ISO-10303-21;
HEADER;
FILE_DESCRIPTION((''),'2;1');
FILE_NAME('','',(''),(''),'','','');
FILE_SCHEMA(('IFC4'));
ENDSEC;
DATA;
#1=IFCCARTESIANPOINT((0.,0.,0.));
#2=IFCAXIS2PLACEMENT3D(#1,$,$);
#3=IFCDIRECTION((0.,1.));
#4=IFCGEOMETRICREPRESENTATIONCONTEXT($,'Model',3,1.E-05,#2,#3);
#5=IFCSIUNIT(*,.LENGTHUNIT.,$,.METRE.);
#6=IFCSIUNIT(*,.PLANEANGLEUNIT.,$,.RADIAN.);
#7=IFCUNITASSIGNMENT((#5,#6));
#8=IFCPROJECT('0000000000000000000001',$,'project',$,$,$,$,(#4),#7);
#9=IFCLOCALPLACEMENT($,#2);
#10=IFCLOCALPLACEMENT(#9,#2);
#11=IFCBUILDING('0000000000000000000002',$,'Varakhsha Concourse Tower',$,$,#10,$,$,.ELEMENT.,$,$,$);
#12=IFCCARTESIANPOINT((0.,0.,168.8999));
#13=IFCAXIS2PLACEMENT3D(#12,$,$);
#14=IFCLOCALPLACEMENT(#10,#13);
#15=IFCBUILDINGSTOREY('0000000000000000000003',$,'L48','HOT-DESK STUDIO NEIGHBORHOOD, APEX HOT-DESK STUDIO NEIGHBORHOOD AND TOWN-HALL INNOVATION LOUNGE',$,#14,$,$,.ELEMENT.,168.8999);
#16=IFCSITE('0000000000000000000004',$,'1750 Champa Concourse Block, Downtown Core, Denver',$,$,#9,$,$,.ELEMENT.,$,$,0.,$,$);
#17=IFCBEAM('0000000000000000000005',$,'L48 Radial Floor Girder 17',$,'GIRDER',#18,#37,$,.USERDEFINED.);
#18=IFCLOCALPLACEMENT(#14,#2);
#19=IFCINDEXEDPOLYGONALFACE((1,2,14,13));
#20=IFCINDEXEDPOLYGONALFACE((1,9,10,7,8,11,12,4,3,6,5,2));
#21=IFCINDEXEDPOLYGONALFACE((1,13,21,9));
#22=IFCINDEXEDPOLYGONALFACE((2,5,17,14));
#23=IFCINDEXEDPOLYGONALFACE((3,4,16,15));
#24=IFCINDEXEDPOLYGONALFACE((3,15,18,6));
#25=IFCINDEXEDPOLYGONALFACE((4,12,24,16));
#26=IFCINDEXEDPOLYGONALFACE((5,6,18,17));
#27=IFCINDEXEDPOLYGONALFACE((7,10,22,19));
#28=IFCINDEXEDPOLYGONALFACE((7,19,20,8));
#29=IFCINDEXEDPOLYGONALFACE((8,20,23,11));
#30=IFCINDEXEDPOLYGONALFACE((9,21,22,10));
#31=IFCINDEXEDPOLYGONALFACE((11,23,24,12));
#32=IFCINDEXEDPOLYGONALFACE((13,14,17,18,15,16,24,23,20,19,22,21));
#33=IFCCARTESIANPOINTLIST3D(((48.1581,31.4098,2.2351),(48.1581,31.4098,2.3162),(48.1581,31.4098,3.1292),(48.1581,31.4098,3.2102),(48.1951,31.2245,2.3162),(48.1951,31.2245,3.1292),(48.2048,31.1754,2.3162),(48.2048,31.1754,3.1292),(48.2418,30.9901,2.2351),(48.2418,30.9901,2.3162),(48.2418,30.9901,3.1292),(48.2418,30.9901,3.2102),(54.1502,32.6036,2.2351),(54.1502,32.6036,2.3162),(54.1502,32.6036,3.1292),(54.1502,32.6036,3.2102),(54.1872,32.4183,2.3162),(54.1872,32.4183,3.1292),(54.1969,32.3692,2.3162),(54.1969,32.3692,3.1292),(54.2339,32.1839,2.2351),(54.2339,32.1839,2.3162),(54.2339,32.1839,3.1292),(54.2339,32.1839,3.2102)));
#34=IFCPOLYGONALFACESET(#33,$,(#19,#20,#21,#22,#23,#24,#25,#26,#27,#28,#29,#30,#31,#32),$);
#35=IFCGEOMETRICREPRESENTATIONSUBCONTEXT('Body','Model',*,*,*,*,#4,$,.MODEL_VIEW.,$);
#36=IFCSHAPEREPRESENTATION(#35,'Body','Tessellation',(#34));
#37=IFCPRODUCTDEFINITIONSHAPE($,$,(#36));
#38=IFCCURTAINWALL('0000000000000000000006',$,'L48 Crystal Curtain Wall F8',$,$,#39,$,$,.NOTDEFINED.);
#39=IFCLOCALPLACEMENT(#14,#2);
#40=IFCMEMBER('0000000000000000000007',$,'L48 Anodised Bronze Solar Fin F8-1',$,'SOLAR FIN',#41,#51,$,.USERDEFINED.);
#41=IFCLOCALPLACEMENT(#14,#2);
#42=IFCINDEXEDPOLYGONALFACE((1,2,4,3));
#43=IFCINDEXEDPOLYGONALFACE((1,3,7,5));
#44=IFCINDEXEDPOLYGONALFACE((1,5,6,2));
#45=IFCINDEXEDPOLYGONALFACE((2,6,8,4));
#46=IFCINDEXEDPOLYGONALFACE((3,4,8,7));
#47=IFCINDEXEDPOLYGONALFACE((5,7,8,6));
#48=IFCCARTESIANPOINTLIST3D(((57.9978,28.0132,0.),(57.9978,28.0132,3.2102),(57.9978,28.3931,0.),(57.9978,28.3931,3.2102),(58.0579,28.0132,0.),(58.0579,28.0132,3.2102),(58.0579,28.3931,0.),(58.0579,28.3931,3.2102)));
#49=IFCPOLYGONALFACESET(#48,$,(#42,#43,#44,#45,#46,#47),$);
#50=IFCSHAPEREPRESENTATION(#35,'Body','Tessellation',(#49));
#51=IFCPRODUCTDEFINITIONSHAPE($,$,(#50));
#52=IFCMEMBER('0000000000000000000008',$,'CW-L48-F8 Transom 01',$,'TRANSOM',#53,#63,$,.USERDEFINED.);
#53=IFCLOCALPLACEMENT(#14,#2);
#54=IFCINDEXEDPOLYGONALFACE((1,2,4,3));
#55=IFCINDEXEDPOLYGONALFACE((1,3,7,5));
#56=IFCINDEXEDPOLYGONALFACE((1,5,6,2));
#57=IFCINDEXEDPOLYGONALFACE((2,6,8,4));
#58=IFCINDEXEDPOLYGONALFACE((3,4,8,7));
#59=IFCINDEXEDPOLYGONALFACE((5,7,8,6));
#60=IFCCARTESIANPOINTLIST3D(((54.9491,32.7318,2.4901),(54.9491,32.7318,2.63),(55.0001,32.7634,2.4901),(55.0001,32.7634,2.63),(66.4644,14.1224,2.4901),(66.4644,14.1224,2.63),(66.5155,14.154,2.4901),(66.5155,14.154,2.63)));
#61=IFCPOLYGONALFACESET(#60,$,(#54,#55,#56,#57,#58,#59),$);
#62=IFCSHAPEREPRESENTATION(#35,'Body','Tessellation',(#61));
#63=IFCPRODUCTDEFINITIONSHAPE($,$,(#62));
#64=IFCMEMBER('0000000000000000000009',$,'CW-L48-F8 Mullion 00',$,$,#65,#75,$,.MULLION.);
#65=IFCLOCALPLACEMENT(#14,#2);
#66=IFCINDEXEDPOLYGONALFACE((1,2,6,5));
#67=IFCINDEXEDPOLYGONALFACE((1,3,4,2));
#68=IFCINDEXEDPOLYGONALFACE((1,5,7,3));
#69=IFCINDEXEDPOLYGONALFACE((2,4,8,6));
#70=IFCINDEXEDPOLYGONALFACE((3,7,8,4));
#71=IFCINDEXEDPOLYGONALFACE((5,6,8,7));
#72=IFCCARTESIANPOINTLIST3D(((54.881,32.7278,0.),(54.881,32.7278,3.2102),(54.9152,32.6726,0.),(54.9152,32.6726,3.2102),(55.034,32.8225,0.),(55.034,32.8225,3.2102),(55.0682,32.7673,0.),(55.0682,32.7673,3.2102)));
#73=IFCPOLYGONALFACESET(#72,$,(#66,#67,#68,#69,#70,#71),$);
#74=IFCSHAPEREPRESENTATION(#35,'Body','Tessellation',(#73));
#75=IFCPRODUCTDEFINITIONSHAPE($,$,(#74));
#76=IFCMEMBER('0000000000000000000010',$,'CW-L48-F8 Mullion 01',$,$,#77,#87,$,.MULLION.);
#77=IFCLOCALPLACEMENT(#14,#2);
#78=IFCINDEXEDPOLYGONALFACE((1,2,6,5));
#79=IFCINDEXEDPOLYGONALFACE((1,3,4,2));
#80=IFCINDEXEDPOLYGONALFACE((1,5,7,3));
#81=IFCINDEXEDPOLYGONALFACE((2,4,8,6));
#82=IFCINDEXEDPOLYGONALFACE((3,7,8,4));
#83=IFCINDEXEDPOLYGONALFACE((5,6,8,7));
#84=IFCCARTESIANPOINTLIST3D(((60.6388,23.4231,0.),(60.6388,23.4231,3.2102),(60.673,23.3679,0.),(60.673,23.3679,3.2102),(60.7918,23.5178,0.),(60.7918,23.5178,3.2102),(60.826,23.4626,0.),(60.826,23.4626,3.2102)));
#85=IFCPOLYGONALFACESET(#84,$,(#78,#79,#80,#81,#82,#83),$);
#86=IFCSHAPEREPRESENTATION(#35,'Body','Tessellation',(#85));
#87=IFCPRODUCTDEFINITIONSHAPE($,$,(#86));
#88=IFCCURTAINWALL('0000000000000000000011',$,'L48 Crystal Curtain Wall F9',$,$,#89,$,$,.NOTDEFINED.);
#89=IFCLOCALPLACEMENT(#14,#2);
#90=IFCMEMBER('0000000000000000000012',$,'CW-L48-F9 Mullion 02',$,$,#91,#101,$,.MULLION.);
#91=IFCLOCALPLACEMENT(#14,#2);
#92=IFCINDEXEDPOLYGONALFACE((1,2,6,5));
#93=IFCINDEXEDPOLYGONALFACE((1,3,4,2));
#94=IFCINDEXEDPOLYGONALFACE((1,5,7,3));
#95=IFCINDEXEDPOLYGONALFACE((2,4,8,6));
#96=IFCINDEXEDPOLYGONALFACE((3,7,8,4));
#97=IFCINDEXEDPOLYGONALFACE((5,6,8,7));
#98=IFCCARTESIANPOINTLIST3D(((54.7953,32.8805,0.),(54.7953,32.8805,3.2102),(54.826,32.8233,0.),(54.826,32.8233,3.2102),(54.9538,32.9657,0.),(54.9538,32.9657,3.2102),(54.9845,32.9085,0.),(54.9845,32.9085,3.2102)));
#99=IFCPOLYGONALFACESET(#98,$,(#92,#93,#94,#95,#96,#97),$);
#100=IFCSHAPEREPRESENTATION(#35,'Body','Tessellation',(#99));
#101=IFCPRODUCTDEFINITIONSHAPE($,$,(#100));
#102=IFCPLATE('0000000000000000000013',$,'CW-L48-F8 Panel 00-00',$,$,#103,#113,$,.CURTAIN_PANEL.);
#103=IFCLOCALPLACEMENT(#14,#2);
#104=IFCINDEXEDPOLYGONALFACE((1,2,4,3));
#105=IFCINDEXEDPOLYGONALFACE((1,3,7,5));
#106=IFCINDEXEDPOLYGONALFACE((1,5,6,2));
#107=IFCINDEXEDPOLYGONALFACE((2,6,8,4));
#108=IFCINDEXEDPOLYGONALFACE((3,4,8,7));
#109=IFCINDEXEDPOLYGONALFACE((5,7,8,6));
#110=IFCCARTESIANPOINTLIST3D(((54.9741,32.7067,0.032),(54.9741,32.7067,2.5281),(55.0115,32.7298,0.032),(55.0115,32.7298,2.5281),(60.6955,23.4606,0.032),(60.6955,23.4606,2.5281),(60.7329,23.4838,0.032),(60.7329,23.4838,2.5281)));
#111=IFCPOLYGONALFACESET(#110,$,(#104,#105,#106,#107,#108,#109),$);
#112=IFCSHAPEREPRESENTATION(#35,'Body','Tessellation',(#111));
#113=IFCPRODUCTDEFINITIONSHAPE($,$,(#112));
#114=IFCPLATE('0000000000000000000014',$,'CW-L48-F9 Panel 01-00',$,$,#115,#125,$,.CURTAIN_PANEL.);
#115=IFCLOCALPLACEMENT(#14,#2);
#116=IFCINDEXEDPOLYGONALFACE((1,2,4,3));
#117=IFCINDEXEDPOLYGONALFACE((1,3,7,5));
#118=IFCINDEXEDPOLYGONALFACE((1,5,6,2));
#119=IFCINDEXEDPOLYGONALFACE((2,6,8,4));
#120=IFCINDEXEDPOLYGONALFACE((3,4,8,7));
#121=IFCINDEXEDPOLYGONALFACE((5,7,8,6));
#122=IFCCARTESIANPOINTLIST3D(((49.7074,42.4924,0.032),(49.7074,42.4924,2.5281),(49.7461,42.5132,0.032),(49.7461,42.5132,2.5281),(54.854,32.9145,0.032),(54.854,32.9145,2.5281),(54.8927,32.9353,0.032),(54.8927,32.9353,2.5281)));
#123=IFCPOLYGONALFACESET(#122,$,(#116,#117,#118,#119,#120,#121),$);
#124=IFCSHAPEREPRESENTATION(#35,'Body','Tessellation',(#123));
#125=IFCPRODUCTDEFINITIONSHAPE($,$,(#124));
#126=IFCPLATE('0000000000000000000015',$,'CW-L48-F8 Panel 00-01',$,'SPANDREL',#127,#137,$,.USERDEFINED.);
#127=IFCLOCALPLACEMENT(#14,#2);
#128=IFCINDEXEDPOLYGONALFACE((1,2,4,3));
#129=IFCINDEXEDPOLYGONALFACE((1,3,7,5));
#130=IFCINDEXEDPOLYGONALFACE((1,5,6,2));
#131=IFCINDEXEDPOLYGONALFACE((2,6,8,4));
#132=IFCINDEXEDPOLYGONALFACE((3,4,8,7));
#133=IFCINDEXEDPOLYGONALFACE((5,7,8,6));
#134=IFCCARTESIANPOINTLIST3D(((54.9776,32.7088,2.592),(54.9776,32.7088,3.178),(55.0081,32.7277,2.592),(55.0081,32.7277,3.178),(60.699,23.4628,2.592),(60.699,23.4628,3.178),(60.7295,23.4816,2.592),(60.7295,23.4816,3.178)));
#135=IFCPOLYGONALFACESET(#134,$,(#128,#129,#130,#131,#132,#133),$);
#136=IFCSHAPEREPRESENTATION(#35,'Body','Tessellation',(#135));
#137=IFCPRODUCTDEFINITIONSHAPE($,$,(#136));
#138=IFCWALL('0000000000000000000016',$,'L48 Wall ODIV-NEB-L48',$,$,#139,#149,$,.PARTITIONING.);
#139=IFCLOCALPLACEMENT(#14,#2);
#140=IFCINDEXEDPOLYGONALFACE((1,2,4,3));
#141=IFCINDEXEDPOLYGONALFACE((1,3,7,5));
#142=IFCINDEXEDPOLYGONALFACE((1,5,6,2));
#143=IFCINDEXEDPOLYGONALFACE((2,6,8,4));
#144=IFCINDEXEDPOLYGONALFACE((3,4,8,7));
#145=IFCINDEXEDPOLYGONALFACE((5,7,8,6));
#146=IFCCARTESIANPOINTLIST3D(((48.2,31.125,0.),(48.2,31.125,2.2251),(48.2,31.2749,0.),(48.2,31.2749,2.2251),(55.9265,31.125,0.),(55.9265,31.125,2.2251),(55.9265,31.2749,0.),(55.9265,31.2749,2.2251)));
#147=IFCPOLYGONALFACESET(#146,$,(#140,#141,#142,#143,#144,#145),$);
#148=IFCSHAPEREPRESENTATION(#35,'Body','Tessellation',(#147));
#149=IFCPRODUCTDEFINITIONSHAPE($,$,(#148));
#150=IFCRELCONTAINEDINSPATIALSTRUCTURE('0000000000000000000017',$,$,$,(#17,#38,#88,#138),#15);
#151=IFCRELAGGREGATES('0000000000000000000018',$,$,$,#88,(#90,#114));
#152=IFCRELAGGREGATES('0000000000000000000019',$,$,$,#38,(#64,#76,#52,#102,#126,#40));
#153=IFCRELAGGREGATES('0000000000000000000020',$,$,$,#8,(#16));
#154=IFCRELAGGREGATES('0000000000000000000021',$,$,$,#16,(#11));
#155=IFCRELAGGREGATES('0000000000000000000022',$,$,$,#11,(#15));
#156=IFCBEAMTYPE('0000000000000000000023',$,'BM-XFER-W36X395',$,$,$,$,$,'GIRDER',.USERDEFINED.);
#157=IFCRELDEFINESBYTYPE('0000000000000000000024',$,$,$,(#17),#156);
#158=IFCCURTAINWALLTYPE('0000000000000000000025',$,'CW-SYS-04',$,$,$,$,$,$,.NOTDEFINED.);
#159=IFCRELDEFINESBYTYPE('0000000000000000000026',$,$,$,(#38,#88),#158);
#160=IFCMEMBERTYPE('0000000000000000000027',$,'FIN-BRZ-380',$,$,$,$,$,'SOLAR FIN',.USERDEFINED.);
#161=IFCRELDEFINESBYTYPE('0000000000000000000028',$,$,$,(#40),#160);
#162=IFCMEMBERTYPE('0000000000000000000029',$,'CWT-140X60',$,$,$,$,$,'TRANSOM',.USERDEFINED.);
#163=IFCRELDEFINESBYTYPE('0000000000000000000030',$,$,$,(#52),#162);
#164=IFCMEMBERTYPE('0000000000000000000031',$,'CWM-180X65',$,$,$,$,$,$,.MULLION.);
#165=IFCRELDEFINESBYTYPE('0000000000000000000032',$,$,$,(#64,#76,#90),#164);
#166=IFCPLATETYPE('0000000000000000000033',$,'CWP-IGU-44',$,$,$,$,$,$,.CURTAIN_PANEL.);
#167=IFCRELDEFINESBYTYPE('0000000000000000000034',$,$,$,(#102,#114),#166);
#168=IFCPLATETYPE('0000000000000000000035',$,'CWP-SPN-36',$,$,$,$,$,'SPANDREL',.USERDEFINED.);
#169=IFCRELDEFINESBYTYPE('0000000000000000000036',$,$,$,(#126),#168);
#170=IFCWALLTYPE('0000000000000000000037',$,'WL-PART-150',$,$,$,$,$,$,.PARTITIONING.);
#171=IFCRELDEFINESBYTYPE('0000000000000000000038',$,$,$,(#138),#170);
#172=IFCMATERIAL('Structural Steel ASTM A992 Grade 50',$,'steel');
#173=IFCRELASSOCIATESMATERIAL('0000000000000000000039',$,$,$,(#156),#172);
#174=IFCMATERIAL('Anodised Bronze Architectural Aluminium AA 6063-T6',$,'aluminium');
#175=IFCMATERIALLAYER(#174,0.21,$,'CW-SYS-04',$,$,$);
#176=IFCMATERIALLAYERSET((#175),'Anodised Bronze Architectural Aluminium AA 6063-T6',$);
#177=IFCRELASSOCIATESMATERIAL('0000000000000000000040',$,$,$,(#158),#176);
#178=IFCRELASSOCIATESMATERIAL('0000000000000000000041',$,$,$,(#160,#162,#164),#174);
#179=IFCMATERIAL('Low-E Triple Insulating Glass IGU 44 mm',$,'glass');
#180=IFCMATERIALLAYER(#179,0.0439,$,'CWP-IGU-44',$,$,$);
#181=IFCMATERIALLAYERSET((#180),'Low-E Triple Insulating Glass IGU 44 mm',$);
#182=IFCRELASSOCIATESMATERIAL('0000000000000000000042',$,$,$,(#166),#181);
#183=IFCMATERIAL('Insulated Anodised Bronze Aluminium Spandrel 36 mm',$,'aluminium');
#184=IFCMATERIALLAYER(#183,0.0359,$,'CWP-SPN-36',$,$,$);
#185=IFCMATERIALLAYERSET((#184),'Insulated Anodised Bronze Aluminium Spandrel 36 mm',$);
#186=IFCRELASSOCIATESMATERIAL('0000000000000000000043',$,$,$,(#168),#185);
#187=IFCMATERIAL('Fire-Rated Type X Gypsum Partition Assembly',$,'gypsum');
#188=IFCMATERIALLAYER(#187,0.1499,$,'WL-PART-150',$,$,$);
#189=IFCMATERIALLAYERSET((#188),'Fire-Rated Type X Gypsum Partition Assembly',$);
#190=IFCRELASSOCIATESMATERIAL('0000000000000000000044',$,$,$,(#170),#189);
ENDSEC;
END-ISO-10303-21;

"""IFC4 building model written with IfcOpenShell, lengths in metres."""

from ifc_helpers import new_model, si_unit, direction, frame, frame_2d, origin, origin_2d, place, context, subcontext, project, spatial, rectangle, i_section, extrude, source, transform, mapped, material, layer, layer_set, material_profile, profile_set, type_object, type_shapes, element, aggregate, save


model = new_model("IFC4")

# Units and contexts
model_context = context("Model", 3, precision=1e-05, world=origin(), true_north=direction((0.0, 1.0)))
body_context = subcontext(model_context, "Body", "Model", "MODEL_VIEW")
ifc_project = project(units=[si_unit("LENGTHUNIT", "METRE"), si_unit("PLANEANGLEUNIT", "RADIAN")], contexts=[model_context])

# Site, building, storey
site_placement = place(None, origin())
site = spatial("IfcSite", under=ifc_project, at=site_placement, Name="1750 Champa Concourse Block, Downtown Core, Denver", CompositionType="ELEMENT", RefElevation=0.0)
building_placement = place(site_placement, origin())
building = spatial("IfcBuilding", under=site, at=building_placement, Name="Varakhsha Concourse Tower", CompositionType="ELEMENT")
storey_placement = place(building_placement, frame((0.0, 0.0, 168.8999)))
storey = spatial("IfcBuildingStorey", under=building, at=storey_placement, Name="L48", Description="HOT-DESK STUDIO NEIGHBORHOOD, APEX HOT-DESK STUDIO NEIGHBORHOOD AND TOWN-HALL INNOVATION LOUNGE", CompositionType="ELEMENT", Elevation=168.8999)

# Shared definitions
ifc_material_1 = material(Name="Structural Steel ASTM A992 Grade 50", Category="steel")

# Beam
ifc_material_profile_1 = material_profile(ifc_material_1, i_section(OverallWidth=0.428, OverallDepth=0.9751, WebThickness=0.05, FlangeThickness=0.0811, at=origin_2d()), Name="W36X395")
ifc_profile_set_1 = profile_set([ifc_material_profile_1], Name="Structural Steel ASTM A992 Grade 50")
beam_type_1 = type_object("IfcBeamType", Name="BM-XFER-W36X395", ElementType="GIRDER", PredefinedType="USERDEFINED", material=ifc_profile_set_1)
beam_1_placement = place(storey_placement, frame((48.2, 31.2, 2.7227), z_axis=(0.980725, 0.195394, 0.0), x_axis=(-0.195394, 0.980725, 0.0)))
element("IfcBeam", 1, at=beam_1_placement, inside=storey, type_object=beam_type_1, Name="L48 Radial Floor Girder 17", ObjectType="GIRDER", PredefinedType="USERDEFINED", context=body_context, shape_type="SweptSolid", body=[
    extrude(i_section(OverallWidth=0.428, OverallDepth=0.9751, WebThickness=0.05, FlangeThickness=0.0811, at=origin_2d()), origin(), (0.0, 0.0, 1.0), 6.1099),
])

# Curtain wall, members
ifc_material_2 = material(Name="Anodised Bronze Architectural Aluminium AA 6063-T6", Category="aluminium")
ifc_layer_1 = layer(ifc_material_2, 0.21, Name="CW-SYS-04")
ifc_layer_set_1 = layer_set([ifc_layer_1], Name="Anodised Bronze Architectural Aluminium AA 6063-T6")
curtain_wall_type = type_object("IfcCurtainWallType", Name="CW-SYS-04", PredefinedType="NOTDEFINED", material=ifc_layer_set_1)
curtain_wall_1_placement = place(storey_placement, origin())
curtain_wall_1 = element("IfcCurtainWall", 2, at=curtain_wall_1_placement, inside=storey, type_object=curtain_wall_type, Name="L48 Crystal Curtain Wall F8", PredefinedType="NOTDEFINED")
ifc_material_profile_2 = material_profile(ifc_material_2, rectangle(XDim=0.0601, YDim=0.3799, at=origin_2d()), Name="FIN-BRZ-380")
ifc_profile_set_2 = profile_set([ifc_material_profile_2], Name="Anodised Bronze Architectural Aluminium AA 6063-T6")
member_type_1 = type_object("IfcMemberType", Name="FIN-BRZ-380", ElementType="SOLAR FIN", PredefinedType="USERDEFINED", material=ifc_profile_set_2)
shared_shape_1 = source(origin(), body_context, "Body", "SweptSolid", [
    extrude(rectangle(XDim=0.0601, YDim=0.3799, at=origin_2d()), origin(), (0.0, 0.0, 1.0), 3.2102),
])
type_shapes(member_type_1, [shared_shape_1])
member_1_placement = place(storey_placement, frame((58.0278, 28.2031, 0.0), z_axis=(0.0, 0.0, 1.0), x_axis=(1.0, 0.0, 0.0)))
member_1 = element("IfcMember", 3, at=member_1_placement, type_object=member_type_1, Name="L48 Anodised Bronze Solar Fin F8-1", ObjectType="SOLAR FIN", PredefinedType="USERDEFINED", context=body_context, shape_type="MappedRepresentation", body=[
    mapped(shared_shape_1, transform((0.0, 0.0, 0.0), scale=1.0)),
])
ifc_material_profile_3 = material_profile(ifc_material_2, rectangle(XDim=0.0601, YDim=0.1399, at=origin_2d()), Name="CWT-140X60")
ifc_profile_set_3 = profile_set([ifc_material_profile_3], Name="Anodised Bronze Architectural Aluminium AA 6063-T6")
member_type_2 = type_object("IfcMemberType", Name="CWT-140X60", ElementType="TRANSOM", PredefinedType="USERDEFINED", material=ifc_profile_set_3)
shared_shape_2 = source(origin(), body_context, "Body", "SweptSolid", [
    extrude(rectangle(XDim=0.0601, YDim=0.1399, at=origin_2d()), origin(), (0.0, 0.0, 1.0), 21.884),
])
type_shapes(member_type_2, [shared_shape_2])
member_2_placement = place(storey_placement, frame((54.9746, 32.7476, 2.5601), z_axis=(0.526199, -0.850361, 0.0), x_axis=(0.850361, 0.526199, 0.0)))
member_2 = element("IfcMember", 4, at=member_2_placement, type_object=member_type_2, Name="CW-L48-F8 Transom 01", ObjectType="TRANSOM", PredefinedType="USERDEFINED", context=body_context, shape_type="MappedRepresentation", body=[
    mapped(shared_shape_2, transform((0.0, 0.0, 0.0), scale=1.0)),
])
ifc_material_profile_4 = material_profile(ifc_material_2, rectangle(XDim=0.0649, YDim=0.1799, at=origin_2d()), Name="CWM-180X65")
ifc_profile_set_4 = profile_set([ifc_material_profile_4], Name="Anodised Bronze Architectural Aluminium AA 6063-T6")
member_type_3 = type_object("IfcMemberType", Name="CWM-180X65", PredefinedType="MULLION", material=ifc_profile_set_4)
shared_shape_3 = source(origin(), body_context, "Body", "SweptSolid", [
    extrude(rectangle(XDim=0.0649, YDim=0.1799, at=origin_2d()), origin(), (0.0, 0.0, 1.0), 3.2102),
])
type_shapes(member_type_3, [shared_shape_3])
member_3_placement = place(storey_placement, frame((54.9746, 32.7476, 0.0), z_axis=(0.0, 0.0, 1.0), x_axis=(0.526199, -0.850361, 0.0)))
member_3 = element("IfcMember", 5, at=member_3_placement, type_object=member_type_3, Name="CW-L48-F8 Mullion 00", PredefinedType="MULLION", context=body_context, shape_type="MappedRepresentation", body=[
    mapped(shared_shape_3, transform((0.0, 0.0, 0.0), scale=1.0)),
])
member_4_placement = place(storey_placement, frame((60.7324, 23.4429, 0.0), z_axis=(0.0, 0.0, 1.0), x_axis=(0.526199, -0.850361, 0.0)))
member_4 = element("IfcMember", 6, at=member_4_placement, type_object=member_type_3, Name="CW-L48-F8 Mullion 01", PredefinedType="MULLION", context=body_context, shape_type="MappedRepresentation", body=[
    mapped(shared_shape_3, transform((0.0, 0.0, 0.0), scale=1.0)),
])

# Curtain wall, member
curtain_wall_2_placement = place(storey_placement, origin())
curtain_wall_2 = element("IfcCurtainWall", 7, at=curtain_wall_2_placement, inside=storey, type_object=curtain_wall_type, Name="L48 Crystal Curtain Wall F9", PredefinedType="NOTDEFINED")
member_5_placement = place(storey_placement, frame((54.8899, 32.8945, 0.0), z_axis=(0.0, 0.0, 1.0), x_axis=(0.473337, -0.880882, 0.0)))
member_5 = element("IfcMember", 8, at=member_5_placement, type_object=member_type_3, Name="CW-L48-F9 Mullion 02", PredefinedType="MULLION", context=body_context, shape_type="MappedRepresentation", body=[
    mapped(shared_shape_3, transform((0.0, 0.0, 0.0), scale=1.0)),
])

# Plates
ifc_material_3 = material(Name="Low-E Triple Insulating Glass IGU 44 mm", Category="glass")
ifc_layer_2 = layer(ifc_material_3, 0.0439, Name="CWP-IGU-44")
ifc_layer_set_2 = layer_set([ifc_layer_2], Name="Low-E Triple Insulating Glass IGU 44 mm")
plate_type_1 = type_object("IfcPlateType", Name="CWP-IGU-44", PredefinedType="CURTAIN_PANEL", material=ifc_layer_set_2)
shared_shape_4 = source(origin(), body_context, "Body", "SweptSolid", [
    extrude(rectangle(XDim=10.873, YDim=0.0439, at=origin_2d()), origin(), (0.0, 0.0, 1.0), 2.4961),
])
type_shapes(plate_type_1, [shared_shape_4])
plate_1_placement = place(storey_placement, frame((57.8535, 28.0952, 0.032), z_axis=(0.0, 0.0, 1.0), x_axis=(0.526199, -0.850361, 0.0)))
plate_1 = element("IfcPlate", 9, at=plate_1_placement, type_object=plate_type_1, Name="CW-L48-F8 Panel 00-00", PredefinedType="CURTAIN_PANEL", context=body_context, shape_type="MappedRepresentation", body=[
    mapped(shared_shape_4, transform((0.0, 0.0, 0.0), scale=1.0)),
])
plate_2_placement = place(storey_placement, frame((52.3, 37.7139, 0.032), z_axis=(0.0, 0.0, 1.0), x_axis=(0.473337, -0.880882, 0.0)))
plate_2 = element("IfcPlate", 10, at=plate_2_placement, type_object=plate_type_1, Name="CW-L48-F9 Panel 01-00", PredefinedType="CURTAIN_PANEL", context=body_context, shape_type="MappedRepresentation", body=[
    mapped(shared_shape_4, transform((0.0, 0.0, 0.0), scale=1.0)),
])
aggregate(curtain_wall_2, [member_5, plate_2])
ifc_material_4 = material(Name="Insulated Anodised Bronze Aluminium Spandrel 36 mm", Category="aluminium")
ifc_layer_3 = layer(ifc_material_4, 0.0359, Name="CWP-SPN-36")
ifc_layer_set_3 = layer_set([ifc_layer_3], Name="Insulated Anodised Bronze Aluminium Spandrel 36 mm")
plate_type_2 = type_object("IfcPlateType", Name="CWP-SPN-36", ElementType="SPANDREL", PredefinedType="USERDEFINED", material=ifc_layer_set_3)
shared_shape_5 = source(origin(), body_context, "Body", "SweptSolid", [
    extrude(rectangle(XDim=10.873, YDim=0.0359, at=origin_2d()), origin(), (0.0, 0.0, 1.0), 0.5859),
])
type_shapes(plate_type_2, [shared_shape_5])
plate_3_placement = place(storey_placement, frame((57.8535, 28.0952, 2.592), z_axis=(0.0, 0.0, 1.0), x_axis=(0.526199, -0.850361, 0.0)))
plate_3 = element("IfcPlate", 11, at=plate_3_placement, type_object=plate_type_2, Name="CW-L48-F8 Panel 00-01", ObjectType="SPANDREL", PredefinedType="USERDEFINED", context=body_context, shape_type="MappedRepresentation", body=[
    mapped(shared_shape_5, transform((0.0, 0.0, 0.0), scale=1.0)),
])
aggregate(curtain_wall_1, [member_3, member_4, member_2, plate_1, plate_3, member_1])

# Wall
ifc_material_5 = material(Name="Fire-Rated Type X Gypsum Partition Assembly", Category="gypsum")
ifc_layer_4 = layer(ifc_material_5, 0.1499, Name="WL-PART-150")
ifc_layer_set_4 = layer_set([ifc_layer_4], Name="Fire-Rated Type X Gypsum Partition Assembly")
wall_type_1 = type_object("IfcWallType", Name="WL-PART-150", PredefinedType="PARTITIONING", material=ifc_layer_set_4)
wall_1_placement = place(storey_placement, frame((48.2, 31.2, 0.0), z_axis=(0.0, 0.0, 1.0), x_axis=(1.0, 0.0, 0.0)))
element("IfcWall", 12, at=wall_1_placement, inside=storey, type_object=wall_type_1, Name="L48 Wall ODIV-NEB-L48", PredefinedType="PARTITIONING", context=body_context, shape_type="SweptSolid", body=[
    extrude(rectangle(XDim=7.7266, YDim=0.1499, at=frame_2d((3.8633, 0.0))), origin(), (0.0, 0.0, 1.0), 2.2251),
])

save(model, "model.ifc")
